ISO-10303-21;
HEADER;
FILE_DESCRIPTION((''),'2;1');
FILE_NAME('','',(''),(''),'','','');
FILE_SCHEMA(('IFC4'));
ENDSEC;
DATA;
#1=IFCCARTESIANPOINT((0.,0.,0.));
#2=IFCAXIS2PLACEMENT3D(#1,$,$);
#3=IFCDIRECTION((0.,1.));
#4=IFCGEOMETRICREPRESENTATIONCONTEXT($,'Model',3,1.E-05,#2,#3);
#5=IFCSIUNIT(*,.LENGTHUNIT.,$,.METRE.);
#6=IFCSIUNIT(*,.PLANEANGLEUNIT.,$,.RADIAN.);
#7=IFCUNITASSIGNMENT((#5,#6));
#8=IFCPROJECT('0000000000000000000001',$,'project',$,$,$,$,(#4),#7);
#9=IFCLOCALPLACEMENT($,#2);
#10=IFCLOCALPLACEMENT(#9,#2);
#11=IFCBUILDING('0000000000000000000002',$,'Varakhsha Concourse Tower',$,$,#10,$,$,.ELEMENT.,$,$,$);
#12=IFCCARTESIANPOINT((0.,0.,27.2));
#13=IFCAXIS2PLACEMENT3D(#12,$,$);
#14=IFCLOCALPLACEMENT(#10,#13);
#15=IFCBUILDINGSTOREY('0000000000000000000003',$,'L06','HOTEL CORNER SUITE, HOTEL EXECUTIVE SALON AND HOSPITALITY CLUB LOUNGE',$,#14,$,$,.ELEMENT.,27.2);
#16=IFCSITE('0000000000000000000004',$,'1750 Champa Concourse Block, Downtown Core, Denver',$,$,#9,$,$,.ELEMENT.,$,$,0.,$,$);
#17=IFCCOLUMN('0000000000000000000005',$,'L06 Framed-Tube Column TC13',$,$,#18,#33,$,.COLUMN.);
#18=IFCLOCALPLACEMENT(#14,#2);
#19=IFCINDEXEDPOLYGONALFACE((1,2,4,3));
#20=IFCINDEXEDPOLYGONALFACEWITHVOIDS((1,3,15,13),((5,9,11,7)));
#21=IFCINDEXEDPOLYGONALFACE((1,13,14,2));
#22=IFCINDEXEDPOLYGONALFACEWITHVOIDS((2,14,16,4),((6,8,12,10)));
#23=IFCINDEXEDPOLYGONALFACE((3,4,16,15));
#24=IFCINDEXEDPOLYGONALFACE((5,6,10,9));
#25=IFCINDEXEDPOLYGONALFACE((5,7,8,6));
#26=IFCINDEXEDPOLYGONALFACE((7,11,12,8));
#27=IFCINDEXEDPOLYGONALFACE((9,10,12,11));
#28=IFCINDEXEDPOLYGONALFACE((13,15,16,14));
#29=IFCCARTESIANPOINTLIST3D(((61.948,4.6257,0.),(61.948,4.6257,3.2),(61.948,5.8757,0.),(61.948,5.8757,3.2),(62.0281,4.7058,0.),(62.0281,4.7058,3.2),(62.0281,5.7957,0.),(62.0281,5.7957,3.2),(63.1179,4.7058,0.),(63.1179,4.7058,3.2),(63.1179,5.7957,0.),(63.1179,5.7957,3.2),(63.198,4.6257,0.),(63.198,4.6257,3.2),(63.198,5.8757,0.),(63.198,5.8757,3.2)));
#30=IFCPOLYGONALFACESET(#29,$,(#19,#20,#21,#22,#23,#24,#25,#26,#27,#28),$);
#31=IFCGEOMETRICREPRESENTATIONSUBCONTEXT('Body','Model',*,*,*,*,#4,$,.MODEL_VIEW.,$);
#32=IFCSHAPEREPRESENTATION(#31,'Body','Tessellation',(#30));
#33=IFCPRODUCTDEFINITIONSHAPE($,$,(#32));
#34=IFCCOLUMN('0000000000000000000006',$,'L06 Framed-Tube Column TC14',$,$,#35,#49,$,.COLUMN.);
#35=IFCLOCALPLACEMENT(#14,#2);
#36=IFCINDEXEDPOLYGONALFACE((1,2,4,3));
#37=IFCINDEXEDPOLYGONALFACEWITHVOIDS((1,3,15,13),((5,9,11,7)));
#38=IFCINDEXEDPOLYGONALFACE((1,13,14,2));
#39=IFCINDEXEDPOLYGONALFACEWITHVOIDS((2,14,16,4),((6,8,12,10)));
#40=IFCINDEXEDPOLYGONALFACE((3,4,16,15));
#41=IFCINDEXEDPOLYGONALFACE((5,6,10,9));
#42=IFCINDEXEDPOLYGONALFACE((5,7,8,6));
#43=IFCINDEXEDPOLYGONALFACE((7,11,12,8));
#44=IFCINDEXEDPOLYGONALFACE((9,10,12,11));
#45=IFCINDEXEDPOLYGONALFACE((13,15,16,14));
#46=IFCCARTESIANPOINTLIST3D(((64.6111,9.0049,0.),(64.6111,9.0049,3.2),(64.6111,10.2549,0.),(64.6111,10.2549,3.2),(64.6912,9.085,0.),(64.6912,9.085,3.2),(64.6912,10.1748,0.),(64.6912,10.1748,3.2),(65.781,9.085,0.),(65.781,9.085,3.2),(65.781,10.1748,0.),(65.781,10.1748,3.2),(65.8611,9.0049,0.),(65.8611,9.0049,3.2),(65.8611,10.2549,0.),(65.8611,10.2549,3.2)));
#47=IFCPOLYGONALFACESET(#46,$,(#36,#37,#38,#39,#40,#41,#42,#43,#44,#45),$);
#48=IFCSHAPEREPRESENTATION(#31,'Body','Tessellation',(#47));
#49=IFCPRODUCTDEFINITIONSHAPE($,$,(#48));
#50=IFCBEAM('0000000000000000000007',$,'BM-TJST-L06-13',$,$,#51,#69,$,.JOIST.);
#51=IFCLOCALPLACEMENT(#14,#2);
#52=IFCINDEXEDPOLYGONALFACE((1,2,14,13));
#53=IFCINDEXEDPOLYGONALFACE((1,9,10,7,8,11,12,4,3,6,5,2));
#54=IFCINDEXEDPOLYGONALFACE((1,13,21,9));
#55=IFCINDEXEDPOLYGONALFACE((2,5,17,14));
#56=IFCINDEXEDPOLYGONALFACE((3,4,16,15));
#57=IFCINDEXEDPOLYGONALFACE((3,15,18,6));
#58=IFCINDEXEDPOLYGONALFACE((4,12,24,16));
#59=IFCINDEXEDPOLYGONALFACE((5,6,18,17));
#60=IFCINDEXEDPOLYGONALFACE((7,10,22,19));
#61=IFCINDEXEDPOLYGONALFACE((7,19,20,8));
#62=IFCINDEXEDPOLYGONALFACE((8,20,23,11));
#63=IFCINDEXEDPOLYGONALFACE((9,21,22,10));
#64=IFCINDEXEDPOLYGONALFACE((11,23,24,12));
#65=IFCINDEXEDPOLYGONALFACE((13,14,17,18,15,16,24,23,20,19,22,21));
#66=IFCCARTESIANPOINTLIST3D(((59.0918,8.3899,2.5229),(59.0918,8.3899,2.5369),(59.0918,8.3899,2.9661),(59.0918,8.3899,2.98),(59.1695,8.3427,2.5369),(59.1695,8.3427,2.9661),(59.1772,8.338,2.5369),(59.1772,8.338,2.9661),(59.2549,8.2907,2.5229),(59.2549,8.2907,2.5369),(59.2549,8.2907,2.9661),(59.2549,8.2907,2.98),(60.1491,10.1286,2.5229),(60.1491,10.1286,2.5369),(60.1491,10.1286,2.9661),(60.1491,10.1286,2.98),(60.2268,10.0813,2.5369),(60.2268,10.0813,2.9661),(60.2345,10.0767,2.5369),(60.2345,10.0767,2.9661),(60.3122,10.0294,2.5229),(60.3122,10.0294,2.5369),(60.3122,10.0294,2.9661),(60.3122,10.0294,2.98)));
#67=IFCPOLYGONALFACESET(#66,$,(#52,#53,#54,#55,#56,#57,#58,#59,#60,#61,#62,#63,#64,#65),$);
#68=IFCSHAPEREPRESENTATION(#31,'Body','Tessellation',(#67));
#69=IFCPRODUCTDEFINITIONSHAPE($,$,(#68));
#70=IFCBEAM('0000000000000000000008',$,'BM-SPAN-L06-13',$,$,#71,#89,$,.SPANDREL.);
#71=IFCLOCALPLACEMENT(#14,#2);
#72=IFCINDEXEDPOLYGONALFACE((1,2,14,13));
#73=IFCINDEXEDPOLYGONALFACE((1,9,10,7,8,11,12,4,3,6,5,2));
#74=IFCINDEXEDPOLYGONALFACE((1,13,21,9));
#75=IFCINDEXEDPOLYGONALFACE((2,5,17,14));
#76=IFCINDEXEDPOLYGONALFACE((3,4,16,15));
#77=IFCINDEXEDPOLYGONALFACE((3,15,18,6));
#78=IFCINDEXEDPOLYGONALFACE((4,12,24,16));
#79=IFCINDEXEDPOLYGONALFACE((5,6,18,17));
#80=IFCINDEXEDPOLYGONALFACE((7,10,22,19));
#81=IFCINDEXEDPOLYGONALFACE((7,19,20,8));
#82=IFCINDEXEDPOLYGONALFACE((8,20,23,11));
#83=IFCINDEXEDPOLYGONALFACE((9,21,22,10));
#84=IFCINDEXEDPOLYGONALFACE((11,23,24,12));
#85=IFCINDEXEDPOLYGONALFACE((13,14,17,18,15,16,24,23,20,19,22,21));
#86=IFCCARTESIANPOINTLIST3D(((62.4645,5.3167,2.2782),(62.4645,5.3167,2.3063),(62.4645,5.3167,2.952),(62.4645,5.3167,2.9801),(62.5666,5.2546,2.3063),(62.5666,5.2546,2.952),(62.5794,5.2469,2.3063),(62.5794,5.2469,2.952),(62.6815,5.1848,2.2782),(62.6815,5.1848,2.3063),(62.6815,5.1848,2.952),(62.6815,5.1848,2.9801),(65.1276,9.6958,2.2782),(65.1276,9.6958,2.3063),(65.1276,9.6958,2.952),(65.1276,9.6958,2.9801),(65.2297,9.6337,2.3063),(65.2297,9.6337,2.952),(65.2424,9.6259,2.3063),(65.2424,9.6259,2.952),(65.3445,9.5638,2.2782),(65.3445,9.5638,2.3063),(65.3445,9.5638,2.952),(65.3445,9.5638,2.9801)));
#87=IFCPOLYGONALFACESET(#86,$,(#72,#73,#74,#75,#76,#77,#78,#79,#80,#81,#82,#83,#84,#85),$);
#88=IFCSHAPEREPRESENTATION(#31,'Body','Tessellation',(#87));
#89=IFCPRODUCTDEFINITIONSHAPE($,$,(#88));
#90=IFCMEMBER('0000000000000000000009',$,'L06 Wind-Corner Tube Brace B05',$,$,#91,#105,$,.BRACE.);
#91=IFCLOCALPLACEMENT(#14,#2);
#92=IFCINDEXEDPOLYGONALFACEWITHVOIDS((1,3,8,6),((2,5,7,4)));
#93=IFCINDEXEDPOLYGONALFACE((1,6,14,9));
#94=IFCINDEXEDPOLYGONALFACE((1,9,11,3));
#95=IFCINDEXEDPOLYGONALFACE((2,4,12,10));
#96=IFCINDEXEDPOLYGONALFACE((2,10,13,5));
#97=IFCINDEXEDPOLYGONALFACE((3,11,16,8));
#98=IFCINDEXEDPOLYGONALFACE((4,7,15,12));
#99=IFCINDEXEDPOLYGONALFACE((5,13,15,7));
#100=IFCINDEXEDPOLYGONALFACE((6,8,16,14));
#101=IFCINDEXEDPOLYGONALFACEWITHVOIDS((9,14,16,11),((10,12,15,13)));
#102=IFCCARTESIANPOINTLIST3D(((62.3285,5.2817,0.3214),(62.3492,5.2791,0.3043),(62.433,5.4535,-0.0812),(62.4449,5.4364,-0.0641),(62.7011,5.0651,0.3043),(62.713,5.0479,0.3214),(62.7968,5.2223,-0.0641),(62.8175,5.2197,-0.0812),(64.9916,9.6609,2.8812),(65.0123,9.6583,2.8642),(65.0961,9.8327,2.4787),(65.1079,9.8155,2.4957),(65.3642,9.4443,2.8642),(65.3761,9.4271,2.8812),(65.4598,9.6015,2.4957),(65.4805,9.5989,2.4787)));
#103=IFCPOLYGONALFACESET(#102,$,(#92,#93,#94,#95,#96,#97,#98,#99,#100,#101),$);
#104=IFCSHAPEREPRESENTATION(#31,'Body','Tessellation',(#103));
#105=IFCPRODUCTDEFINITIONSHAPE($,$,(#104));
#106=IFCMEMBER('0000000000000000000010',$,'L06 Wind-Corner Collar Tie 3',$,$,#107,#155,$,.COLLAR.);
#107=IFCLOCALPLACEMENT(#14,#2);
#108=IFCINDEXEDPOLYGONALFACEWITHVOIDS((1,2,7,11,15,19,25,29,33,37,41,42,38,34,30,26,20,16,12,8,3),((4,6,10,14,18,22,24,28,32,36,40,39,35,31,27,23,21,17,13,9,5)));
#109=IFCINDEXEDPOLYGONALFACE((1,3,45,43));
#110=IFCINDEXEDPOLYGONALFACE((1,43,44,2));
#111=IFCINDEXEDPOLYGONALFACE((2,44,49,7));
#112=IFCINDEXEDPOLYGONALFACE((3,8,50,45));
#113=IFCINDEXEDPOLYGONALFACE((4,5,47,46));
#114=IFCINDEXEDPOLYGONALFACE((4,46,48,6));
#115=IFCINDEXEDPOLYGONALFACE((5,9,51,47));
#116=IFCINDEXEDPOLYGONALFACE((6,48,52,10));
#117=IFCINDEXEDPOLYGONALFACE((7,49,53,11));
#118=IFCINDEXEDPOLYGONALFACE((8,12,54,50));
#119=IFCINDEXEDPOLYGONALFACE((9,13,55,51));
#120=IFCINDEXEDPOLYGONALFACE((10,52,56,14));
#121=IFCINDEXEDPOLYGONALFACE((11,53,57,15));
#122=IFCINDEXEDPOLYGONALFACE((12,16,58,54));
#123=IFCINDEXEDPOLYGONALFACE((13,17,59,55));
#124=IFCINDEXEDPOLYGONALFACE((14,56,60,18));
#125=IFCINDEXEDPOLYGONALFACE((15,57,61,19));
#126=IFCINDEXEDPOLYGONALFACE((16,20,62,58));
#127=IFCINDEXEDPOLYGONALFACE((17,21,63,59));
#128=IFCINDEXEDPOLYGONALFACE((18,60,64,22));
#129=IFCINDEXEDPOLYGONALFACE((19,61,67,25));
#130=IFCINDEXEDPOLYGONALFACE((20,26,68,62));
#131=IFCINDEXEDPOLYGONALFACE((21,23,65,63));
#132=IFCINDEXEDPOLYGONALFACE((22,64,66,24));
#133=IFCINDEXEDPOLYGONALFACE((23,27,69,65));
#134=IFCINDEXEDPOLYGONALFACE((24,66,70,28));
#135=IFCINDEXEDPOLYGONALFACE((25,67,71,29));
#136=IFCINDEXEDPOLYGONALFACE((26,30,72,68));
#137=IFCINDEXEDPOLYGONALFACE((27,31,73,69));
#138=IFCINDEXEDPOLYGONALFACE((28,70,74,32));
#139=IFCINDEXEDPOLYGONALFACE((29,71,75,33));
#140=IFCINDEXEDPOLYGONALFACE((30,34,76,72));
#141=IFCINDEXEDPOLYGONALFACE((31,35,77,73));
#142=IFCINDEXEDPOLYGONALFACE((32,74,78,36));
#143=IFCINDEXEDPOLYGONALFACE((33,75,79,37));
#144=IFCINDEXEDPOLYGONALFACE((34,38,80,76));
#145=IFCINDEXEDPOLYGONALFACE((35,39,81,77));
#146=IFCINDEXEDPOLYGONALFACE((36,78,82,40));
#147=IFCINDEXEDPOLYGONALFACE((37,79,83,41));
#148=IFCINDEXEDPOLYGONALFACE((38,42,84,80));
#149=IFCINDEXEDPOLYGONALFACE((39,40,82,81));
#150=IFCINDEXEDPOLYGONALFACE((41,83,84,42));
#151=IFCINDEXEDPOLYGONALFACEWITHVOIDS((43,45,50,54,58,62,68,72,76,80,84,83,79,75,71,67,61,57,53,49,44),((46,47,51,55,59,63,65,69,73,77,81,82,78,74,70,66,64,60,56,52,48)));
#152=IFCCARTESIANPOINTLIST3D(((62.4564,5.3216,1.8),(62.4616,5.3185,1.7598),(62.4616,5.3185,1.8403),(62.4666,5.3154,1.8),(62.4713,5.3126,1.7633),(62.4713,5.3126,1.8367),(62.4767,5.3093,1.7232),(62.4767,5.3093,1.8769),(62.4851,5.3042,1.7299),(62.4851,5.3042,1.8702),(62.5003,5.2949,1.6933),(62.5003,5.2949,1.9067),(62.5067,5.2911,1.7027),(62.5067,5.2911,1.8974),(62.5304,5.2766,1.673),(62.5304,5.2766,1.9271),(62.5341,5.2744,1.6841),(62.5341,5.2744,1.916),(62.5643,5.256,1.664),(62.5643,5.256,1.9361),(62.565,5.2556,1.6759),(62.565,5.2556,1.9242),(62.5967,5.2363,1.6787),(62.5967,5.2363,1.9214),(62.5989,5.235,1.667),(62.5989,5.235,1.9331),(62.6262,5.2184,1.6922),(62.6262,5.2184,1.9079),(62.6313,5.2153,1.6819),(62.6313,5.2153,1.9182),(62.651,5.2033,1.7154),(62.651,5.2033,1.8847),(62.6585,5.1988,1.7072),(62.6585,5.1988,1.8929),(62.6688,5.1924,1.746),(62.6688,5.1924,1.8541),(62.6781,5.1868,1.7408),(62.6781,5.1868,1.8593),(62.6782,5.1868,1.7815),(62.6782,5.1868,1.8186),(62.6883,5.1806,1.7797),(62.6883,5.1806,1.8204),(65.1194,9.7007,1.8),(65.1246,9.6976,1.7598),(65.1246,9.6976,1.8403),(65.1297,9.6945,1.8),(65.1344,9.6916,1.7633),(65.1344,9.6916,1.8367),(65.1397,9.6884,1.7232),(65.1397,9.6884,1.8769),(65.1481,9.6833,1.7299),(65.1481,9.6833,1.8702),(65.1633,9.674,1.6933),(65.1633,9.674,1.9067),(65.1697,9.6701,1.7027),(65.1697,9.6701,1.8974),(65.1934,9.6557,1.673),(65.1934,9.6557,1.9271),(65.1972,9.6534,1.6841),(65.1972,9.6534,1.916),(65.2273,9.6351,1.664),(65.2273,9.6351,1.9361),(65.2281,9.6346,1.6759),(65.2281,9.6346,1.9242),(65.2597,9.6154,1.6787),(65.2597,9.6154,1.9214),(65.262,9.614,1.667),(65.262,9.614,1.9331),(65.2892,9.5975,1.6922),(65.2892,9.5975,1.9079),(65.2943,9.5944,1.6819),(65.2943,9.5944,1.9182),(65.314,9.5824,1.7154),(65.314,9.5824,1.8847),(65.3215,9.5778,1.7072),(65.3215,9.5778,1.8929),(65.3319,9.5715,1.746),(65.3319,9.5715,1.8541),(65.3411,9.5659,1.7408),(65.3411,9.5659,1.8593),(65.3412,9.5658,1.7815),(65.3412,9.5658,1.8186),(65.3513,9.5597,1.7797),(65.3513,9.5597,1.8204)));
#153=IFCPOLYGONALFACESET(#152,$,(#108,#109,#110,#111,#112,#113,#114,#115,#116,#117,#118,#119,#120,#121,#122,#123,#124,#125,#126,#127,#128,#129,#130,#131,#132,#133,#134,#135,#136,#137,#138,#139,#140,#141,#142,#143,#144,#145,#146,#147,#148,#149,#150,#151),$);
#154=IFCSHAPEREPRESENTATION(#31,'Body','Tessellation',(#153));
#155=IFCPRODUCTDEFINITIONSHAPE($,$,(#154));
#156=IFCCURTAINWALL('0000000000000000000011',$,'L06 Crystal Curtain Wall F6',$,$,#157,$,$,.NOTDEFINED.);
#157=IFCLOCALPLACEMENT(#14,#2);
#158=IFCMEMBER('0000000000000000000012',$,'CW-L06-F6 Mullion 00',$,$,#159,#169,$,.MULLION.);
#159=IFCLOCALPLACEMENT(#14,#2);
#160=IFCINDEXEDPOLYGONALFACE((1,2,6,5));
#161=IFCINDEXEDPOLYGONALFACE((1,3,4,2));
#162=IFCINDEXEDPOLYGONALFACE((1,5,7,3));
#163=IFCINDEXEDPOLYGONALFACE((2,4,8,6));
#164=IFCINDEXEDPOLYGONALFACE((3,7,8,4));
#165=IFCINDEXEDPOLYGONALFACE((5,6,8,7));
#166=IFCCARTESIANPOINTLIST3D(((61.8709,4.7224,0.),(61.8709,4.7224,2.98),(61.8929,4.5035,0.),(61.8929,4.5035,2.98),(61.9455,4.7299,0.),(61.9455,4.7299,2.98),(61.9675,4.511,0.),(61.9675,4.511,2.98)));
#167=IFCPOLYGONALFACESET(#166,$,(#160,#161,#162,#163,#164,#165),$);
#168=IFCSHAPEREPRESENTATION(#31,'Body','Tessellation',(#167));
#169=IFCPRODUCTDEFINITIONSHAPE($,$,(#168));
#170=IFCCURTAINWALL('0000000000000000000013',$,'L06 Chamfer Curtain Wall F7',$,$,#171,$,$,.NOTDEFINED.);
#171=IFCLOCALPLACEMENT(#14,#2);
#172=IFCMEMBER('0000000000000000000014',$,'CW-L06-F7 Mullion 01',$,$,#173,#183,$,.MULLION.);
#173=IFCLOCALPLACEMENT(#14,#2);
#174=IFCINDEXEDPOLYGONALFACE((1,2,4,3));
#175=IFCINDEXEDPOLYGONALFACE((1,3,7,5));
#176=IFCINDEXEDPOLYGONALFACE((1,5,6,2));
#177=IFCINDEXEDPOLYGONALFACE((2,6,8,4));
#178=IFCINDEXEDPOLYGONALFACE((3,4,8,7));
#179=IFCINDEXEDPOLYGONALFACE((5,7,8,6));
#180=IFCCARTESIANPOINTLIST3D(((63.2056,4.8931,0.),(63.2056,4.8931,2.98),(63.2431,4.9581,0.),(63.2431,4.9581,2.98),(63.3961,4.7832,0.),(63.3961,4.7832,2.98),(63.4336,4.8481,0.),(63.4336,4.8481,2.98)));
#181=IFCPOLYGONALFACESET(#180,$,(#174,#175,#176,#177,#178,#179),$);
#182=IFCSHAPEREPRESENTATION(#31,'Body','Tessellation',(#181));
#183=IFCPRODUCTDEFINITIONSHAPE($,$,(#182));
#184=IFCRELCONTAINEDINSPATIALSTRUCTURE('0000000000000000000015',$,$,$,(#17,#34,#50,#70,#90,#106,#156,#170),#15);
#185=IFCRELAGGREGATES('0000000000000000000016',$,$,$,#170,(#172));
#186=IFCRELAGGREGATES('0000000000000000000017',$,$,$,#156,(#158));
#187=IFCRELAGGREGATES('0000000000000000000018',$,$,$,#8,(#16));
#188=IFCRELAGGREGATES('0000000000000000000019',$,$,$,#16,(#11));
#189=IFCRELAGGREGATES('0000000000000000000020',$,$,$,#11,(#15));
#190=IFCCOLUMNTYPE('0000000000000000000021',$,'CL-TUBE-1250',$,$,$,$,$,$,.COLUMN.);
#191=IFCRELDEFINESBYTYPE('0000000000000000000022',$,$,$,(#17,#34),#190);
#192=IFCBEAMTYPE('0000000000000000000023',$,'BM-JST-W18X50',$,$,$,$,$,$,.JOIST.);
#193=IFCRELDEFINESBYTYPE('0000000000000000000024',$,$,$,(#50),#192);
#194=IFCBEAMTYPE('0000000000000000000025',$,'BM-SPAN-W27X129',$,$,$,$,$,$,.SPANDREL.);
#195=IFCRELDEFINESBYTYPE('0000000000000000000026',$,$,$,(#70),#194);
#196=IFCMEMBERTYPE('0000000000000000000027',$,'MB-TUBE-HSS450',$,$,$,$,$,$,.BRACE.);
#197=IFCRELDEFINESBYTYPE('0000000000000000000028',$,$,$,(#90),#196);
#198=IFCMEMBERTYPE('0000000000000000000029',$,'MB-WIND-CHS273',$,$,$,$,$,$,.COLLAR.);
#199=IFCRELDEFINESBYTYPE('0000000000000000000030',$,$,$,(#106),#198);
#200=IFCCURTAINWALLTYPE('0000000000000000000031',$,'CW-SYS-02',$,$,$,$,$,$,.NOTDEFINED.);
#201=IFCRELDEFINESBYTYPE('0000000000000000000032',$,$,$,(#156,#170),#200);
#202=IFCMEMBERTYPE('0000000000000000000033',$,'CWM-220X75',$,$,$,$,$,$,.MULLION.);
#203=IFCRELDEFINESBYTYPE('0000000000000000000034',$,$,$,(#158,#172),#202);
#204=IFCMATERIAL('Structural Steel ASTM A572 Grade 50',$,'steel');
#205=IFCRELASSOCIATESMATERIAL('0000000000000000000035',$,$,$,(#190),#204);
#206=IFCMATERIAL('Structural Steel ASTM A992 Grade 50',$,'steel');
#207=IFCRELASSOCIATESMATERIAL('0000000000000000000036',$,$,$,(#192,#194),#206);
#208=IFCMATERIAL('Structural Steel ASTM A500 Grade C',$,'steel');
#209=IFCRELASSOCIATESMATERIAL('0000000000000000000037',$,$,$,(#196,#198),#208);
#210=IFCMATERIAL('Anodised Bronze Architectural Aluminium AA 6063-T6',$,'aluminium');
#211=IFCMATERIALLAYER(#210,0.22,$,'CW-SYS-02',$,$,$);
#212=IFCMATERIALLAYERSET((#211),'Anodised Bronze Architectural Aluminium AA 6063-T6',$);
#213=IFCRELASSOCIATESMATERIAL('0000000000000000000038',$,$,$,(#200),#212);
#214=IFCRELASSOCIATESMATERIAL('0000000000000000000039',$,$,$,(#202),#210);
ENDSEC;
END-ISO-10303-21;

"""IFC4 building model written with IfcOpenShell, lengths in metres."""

from ifc_helpers import new_model, si_unit, direction, frame, origin, origin_2d, place, context, subcontext, project, spatial, rectangle, hollow_rectangle, hollow_circle, i_section, extrude, source, transform, mapped, material, layer, layer_set, material_profile, profile_set, type_object, type_shapes, element, aggregate, save


model = new_model("IFC4")

# Units and contexts
model_context = context("Model", 3, precision=1e-05, world=origin(), true_north=direction((0.0, 1.0)))
body_context = subcontext(model_context, "Body", "Model", "MODEL_VIEW")
ifc_project = project(units=[si_unit("LENGTHUNIT", "METRE"), si_unit("PLANEANGLEUNIT", "RADIAN")], contexts=[model_context])

# Site, building, storey
site_placement = place(None, origin())
site = spatial("IfcSite", under=ifc_project, at=site_placement, Name="1750 Champa Concourse Block, Downtown Core, Denver", CompositionType="ELEMENT", RefElevation=0.0)
building_placement = place(site_placement, origin())
building = spatial("IfcBuilding", under=site, at=building_placement, Name="Varakhsha Concourse Tower", CompositionType="ELEMENT")
storey_placement = place(building_placement, frame((0.0, 0.0, 27.2)))
storey = spatial("IfcBuildingStorey", under=building, at=storey_placement, Name="L06", Description="HOTEL CORNER SUITE, HOTEL EXECUTIVE SALON AND HOSPITALITY CLUB LOUNGE", CompositionType="ELEMENT", Elevation=27.2)

# Columns
ifc_material_1 = material(Name="Structural Steel ASTM A572 Grade 50", Category="steel")
ifc_material_profile_1 = material_profile(ifc_material_1, hollow_rectangle(XDim=1.25, YDim=1.25, WallThickness=0.0801, at=origin_2d()), Name="BOX 1250x1250x80")
ifc_profile_set_1 = profile_set([ifc_material_profile_1], Name="Structural Steel ASTM A572 Grade 50")
column_type = type_object("IfcColumnType", Name="CL-TUBE-1250", PredefinedType="COLUMN", material=ifc_profile_set_1)
for number, where, z_axis, x_axis, name in (
    (1, (62.573, 5.2507, 0.0), (0.0, 0.0, 1.0), (1.0, 0.0, 0.0), "L06 Framed-Tube Column TC13"),
    (2, (65.2361, 9.6299, 0.0), (0.0, 0.0, 1.0), (1.0, 0.0, 0.0), "L06 Framed-Tube Column TC14"),
):
    element("IfcColumn", number, at=place(storey_placement, frame(where, z_axis=z_axis, x_axis=x_axis)), inside=storey, type_object=column_type, Name=name, PredefinedType="COLUMN", context=body_context, shape_type="SweptSolid", body=[
        extrude(hollow_rectangle(XDim=1.25, YDim=1.25, WallThickness=0.0801, at=origin_2d()), origin(), (0.0, 0.0, 1.0), 3.2),
    ])

# Beams
ifc_material_2 = material(Name="Structural Steel ASTM A992 Grade 50", Category="steel")
ifc_material_profile_2 = material_profile(ifc_material_2, i_section(OverallWidth=0.1909, OverallDepth=0.457, WebThickness=0.009, FlangeThickness=0.0139, at=origin_2d()), Name="W18X50")
ifc_profile_set_2 = profile_set([ifc_material_profile_2], Name="Structural Steel ASTM A992 Grade 50")
beam_type_1 = type_object("IfcBeamType", Name="BM-JST-W18X50", PredefinedType="JOIST", material=ifc_profile_set_2)
beam_1_placement = place(storey_placement, frame((59.1733, 8.3403, 2.7515), z_axis=(0.519585, 0.854419, 0.0), x_axis=(-0.854419, 0.519585, 0.0)))
element("IfcBeam", 3, at=beam_1_placement, inside=storey, type_object=beam_type_1, Name="BM-TJST-L06-13", PredefinedType="JOIST", context=body_context, shape_type="SweptSolid", body=[
    extrude(i_section(OverallWidth=0.1909, OverallDepth=0.457, WebThickness=0.009, FlangeThickness=0.0139, at=origin_2d()), origin(), (0.0, 0.0, 1.0), 2.0349),
])
ifc_material_profile_3 = material_profile(ifc_material_2, i_section(OverallWidth=0.2539, OverallDepth=0.7019, WebThickness=0.0149, FlangeThickness=0.0281, at=origin_2d()), Name="W27X129")
ifc_profile_set_3 = profile_set([ifc_material_profile_3], Name="Structural Steel ASTM A992 Grade 50")
beam_type_2 = type_object("IfcBeamType", Name="BM-SPAN-W27X129", PredefinedType="SPANDREL", material=ifc_profile_set_3)
beam_2_placement = place(storey_placement, frame((62.573, 5.2507, 2.6292), z_axis=(0.519593, 0.854414, 0.0), x_axis=(-0.854414, 0.519593, 0.0)))
element("IfcBeam", 4, at=beam_2_placement, inside=storey, type_object=beam_type_2, Name="BM-SPAN-L06-13", PredefinedType="SPANDREL", context=body_context, shape_type="SweptSolid", body=[
    extrude(i_section(OverallWidth=0.2539, OverallDepth=0.7019, WebThickness=0.0149, FlangeThickness=0.0281, at=origin_2d()), origin(), (0.0, 0.0, 1.0), 5.1252),
])

# Members
ifc_material_3 = material(Name="Structural Steel ASTM A500 Grade C", Category="steel")
ifc_material_profile_4 = material_profile(ifc_material_3, hollow_rectangle(XDim=0.45, YDim=0.45, WallThickness=0.019, at=origin_2d()), Name="HSS 450x450x19")
ifc_profile_set_4 = profile_set([ifc_material_profile_4], Name="Structural Steel ASTM A500 Grade C")
member_type_1 = type_object("IfcMemberType", Name="MB-TUBE-HSS450", PredefinedType="BRACE", material=ifc_profile_set_4)
shared_shape_1 = source(origin(), body_context, "Body", "SweptSolid", [
    extrude(hollow_rectangle(XDim=0.45, YDim=0.45, WallThickness=0.019, at=origin_2d()), origin(), (0.0, 0.0, 1.0), 5.729),
])
type_shapes(member_type_1, [shared_shape_1])
member_1_placement = place(storey_placement, frame((62.573, 5.2507, 0.1201), z_axis=(0.464842, 0.764381, 0.446816), x_axis=(-0.854414, 0.519593, 0.0)))
element("IfcMember", 5, at=member_1_placement, inside=storey, type_object=member_type_1, Name="L06 Wind-Corner Tube Brace B05", PredefinedType="BRACE", context=body_context, shape_type="MappedRepresentation", body=[
    mapped(shared_shape_1, transform((0.0, 0.0, 0.0), scale=1.0)),
])
ifc_material_profile_5 = material_profile(ifc_material_3, hollow_circle(Radius=0.1365, WallThickness=0.012, at=origin_2d()), Name="CHS 273x12")
ifc_profile_set_5 = profile_set([ifc_material_profile_5], Name="Structural Steel ASTM A500 Grade C")
member_type_2 = type_object("IfcMemberType", Name="MB-WIND-CHS273", PredefinedType="COLLAR", material=ifc_profile_set_5)
shared_shape_2 = source(origin(), body_context, "Body", "SweptSolid", [
    extrude(hollow_circle(Radius=0.1365, WallThickness=0.012, at=origin_2d()), origin(), (0.0, 0.0, 1.0), 5.1252),
])
type_shapes(member_type_2, [shared_shape_2])
member_2_placement = place(storey_placement, frame((62.573, 5.2507, 1.8), z_axis=(0.519593, 0.854414, 0.0), x_axis=(-0.854414, 0.519593, 0.0)))
element("IfcMember", 6, at=member_2_placement, inside=storey, type_object=member_type_2, Name="L06 Wind-Corner Collar Tie 3", PredefinedType="COLLAR", context=body_context, shape_type="MappedRepresentation", body=[
    mapped(shared_shape_2, transform((0.0, 0.0, 0.0), scale=1.0)),
])

# Curtain walls, members
ifc_material_4 = material(Name="Anodised Bronze Architectural Aluminium AA 6063-T6", Category="aluminium")
ifc_layer_1 = layer(ifc_material_4, 0.22, Name="CW-SYS-02")
ifc_layer_set_1 = layer_set([ifc_layer_1], Name="Anodised Bronze Architectural Aluminium AA 6063-T6")
curtain_wall_type = type_object("IfcCurtainWallType", Name="CW-SYS-02", PredefinedType="NOTDEFINED", material=ifc_layer_set_1)
curtain_wall_1_placement = place(storey_placement, origin())
curtain_wall_1 = element("IfcCurtainWall", 7, at=curtain_wall_1_placement, inside=storey, type_object=curtain_wall_type, Name="L06 Crystal Curtain Wall F6", PredefinedType="NOTDEFINED")
ifc_material_profile_6 = material_profile(ifc_material_4, rectangle(XDim=0.075, YDim=0.22, at=origin_2d()), Name="CWM-220X75")
ifc_profile_set_6 = profile_set([ifc_material_profile_6], Name="Anodised Bronze Architectural Aluminium AA 6063-T6")
member_type_3 = type_object("IfcMemberType", Name="CWM-220X75", PredefinedType="MULLION", material=ifc_profile_set_6)
shared_shape_3 = source(origin(), body_context, "Body", "SweptSolid", [
    extrude(rectangle(XDim=0.075, YDim=0.22, at=origin_2d()), origin(), (0.0, 0.0, 1.0), 2.98),
])
type_shapes(member_type_3, [shared_shape_3])
member_3_placement = place(storey_placement, frame((61.9192, 4.6167, 0.0), z_axis=(0.0, 0.0, 1.0), x_axis=(-0.994965, -0.100226, 0.0)))
member_3 = element("IfcMember", 8, at=member_3_placement, type_object=member_type_3, Name="CW-L06-F6 Mullion 00", PredefinedType="MULLION", context=body_context, shape_type="MappedRepresentation", body=[
    mapped(shared_shape_3, transform((0.0, 0.0, 0.0), scale=1.0)),
])
curtain_wall_2_placement = place(storey_placement, origin())
curtain_wall_2 = element("IfcCurtainWall", 9, at=curtain_wall_2_placement, inside=storey, type_object=curtain_wall_type, Name="L06 Chamfer Curtain Wall F7", PredefinedType="NOTDEFINED")
member_4_placement = place(storey_placement, frame((63.3196, 4.8706, 0.0), z_axis=(0.0, 0.0, 1.0), x_axis=(-0.499997, -0.866027, 0.0)))
member_4 = element("IfcMember", 10, at=member_4_placement, type_object=member_type_3, Name="CW-L06-F7 Mullion 01", PredefinedType="MULLION", context=body_context, shape_type="MappedRepresentation", body=[
    mapped(shared_shape_3, transform((0.0, 0.0, 0.0), scale=1.0)),
])

aggregate(curtain_wall_2, [member_4])
aggregate(curtain_wall_1, [member_3])

save(model, "model.ifc")
